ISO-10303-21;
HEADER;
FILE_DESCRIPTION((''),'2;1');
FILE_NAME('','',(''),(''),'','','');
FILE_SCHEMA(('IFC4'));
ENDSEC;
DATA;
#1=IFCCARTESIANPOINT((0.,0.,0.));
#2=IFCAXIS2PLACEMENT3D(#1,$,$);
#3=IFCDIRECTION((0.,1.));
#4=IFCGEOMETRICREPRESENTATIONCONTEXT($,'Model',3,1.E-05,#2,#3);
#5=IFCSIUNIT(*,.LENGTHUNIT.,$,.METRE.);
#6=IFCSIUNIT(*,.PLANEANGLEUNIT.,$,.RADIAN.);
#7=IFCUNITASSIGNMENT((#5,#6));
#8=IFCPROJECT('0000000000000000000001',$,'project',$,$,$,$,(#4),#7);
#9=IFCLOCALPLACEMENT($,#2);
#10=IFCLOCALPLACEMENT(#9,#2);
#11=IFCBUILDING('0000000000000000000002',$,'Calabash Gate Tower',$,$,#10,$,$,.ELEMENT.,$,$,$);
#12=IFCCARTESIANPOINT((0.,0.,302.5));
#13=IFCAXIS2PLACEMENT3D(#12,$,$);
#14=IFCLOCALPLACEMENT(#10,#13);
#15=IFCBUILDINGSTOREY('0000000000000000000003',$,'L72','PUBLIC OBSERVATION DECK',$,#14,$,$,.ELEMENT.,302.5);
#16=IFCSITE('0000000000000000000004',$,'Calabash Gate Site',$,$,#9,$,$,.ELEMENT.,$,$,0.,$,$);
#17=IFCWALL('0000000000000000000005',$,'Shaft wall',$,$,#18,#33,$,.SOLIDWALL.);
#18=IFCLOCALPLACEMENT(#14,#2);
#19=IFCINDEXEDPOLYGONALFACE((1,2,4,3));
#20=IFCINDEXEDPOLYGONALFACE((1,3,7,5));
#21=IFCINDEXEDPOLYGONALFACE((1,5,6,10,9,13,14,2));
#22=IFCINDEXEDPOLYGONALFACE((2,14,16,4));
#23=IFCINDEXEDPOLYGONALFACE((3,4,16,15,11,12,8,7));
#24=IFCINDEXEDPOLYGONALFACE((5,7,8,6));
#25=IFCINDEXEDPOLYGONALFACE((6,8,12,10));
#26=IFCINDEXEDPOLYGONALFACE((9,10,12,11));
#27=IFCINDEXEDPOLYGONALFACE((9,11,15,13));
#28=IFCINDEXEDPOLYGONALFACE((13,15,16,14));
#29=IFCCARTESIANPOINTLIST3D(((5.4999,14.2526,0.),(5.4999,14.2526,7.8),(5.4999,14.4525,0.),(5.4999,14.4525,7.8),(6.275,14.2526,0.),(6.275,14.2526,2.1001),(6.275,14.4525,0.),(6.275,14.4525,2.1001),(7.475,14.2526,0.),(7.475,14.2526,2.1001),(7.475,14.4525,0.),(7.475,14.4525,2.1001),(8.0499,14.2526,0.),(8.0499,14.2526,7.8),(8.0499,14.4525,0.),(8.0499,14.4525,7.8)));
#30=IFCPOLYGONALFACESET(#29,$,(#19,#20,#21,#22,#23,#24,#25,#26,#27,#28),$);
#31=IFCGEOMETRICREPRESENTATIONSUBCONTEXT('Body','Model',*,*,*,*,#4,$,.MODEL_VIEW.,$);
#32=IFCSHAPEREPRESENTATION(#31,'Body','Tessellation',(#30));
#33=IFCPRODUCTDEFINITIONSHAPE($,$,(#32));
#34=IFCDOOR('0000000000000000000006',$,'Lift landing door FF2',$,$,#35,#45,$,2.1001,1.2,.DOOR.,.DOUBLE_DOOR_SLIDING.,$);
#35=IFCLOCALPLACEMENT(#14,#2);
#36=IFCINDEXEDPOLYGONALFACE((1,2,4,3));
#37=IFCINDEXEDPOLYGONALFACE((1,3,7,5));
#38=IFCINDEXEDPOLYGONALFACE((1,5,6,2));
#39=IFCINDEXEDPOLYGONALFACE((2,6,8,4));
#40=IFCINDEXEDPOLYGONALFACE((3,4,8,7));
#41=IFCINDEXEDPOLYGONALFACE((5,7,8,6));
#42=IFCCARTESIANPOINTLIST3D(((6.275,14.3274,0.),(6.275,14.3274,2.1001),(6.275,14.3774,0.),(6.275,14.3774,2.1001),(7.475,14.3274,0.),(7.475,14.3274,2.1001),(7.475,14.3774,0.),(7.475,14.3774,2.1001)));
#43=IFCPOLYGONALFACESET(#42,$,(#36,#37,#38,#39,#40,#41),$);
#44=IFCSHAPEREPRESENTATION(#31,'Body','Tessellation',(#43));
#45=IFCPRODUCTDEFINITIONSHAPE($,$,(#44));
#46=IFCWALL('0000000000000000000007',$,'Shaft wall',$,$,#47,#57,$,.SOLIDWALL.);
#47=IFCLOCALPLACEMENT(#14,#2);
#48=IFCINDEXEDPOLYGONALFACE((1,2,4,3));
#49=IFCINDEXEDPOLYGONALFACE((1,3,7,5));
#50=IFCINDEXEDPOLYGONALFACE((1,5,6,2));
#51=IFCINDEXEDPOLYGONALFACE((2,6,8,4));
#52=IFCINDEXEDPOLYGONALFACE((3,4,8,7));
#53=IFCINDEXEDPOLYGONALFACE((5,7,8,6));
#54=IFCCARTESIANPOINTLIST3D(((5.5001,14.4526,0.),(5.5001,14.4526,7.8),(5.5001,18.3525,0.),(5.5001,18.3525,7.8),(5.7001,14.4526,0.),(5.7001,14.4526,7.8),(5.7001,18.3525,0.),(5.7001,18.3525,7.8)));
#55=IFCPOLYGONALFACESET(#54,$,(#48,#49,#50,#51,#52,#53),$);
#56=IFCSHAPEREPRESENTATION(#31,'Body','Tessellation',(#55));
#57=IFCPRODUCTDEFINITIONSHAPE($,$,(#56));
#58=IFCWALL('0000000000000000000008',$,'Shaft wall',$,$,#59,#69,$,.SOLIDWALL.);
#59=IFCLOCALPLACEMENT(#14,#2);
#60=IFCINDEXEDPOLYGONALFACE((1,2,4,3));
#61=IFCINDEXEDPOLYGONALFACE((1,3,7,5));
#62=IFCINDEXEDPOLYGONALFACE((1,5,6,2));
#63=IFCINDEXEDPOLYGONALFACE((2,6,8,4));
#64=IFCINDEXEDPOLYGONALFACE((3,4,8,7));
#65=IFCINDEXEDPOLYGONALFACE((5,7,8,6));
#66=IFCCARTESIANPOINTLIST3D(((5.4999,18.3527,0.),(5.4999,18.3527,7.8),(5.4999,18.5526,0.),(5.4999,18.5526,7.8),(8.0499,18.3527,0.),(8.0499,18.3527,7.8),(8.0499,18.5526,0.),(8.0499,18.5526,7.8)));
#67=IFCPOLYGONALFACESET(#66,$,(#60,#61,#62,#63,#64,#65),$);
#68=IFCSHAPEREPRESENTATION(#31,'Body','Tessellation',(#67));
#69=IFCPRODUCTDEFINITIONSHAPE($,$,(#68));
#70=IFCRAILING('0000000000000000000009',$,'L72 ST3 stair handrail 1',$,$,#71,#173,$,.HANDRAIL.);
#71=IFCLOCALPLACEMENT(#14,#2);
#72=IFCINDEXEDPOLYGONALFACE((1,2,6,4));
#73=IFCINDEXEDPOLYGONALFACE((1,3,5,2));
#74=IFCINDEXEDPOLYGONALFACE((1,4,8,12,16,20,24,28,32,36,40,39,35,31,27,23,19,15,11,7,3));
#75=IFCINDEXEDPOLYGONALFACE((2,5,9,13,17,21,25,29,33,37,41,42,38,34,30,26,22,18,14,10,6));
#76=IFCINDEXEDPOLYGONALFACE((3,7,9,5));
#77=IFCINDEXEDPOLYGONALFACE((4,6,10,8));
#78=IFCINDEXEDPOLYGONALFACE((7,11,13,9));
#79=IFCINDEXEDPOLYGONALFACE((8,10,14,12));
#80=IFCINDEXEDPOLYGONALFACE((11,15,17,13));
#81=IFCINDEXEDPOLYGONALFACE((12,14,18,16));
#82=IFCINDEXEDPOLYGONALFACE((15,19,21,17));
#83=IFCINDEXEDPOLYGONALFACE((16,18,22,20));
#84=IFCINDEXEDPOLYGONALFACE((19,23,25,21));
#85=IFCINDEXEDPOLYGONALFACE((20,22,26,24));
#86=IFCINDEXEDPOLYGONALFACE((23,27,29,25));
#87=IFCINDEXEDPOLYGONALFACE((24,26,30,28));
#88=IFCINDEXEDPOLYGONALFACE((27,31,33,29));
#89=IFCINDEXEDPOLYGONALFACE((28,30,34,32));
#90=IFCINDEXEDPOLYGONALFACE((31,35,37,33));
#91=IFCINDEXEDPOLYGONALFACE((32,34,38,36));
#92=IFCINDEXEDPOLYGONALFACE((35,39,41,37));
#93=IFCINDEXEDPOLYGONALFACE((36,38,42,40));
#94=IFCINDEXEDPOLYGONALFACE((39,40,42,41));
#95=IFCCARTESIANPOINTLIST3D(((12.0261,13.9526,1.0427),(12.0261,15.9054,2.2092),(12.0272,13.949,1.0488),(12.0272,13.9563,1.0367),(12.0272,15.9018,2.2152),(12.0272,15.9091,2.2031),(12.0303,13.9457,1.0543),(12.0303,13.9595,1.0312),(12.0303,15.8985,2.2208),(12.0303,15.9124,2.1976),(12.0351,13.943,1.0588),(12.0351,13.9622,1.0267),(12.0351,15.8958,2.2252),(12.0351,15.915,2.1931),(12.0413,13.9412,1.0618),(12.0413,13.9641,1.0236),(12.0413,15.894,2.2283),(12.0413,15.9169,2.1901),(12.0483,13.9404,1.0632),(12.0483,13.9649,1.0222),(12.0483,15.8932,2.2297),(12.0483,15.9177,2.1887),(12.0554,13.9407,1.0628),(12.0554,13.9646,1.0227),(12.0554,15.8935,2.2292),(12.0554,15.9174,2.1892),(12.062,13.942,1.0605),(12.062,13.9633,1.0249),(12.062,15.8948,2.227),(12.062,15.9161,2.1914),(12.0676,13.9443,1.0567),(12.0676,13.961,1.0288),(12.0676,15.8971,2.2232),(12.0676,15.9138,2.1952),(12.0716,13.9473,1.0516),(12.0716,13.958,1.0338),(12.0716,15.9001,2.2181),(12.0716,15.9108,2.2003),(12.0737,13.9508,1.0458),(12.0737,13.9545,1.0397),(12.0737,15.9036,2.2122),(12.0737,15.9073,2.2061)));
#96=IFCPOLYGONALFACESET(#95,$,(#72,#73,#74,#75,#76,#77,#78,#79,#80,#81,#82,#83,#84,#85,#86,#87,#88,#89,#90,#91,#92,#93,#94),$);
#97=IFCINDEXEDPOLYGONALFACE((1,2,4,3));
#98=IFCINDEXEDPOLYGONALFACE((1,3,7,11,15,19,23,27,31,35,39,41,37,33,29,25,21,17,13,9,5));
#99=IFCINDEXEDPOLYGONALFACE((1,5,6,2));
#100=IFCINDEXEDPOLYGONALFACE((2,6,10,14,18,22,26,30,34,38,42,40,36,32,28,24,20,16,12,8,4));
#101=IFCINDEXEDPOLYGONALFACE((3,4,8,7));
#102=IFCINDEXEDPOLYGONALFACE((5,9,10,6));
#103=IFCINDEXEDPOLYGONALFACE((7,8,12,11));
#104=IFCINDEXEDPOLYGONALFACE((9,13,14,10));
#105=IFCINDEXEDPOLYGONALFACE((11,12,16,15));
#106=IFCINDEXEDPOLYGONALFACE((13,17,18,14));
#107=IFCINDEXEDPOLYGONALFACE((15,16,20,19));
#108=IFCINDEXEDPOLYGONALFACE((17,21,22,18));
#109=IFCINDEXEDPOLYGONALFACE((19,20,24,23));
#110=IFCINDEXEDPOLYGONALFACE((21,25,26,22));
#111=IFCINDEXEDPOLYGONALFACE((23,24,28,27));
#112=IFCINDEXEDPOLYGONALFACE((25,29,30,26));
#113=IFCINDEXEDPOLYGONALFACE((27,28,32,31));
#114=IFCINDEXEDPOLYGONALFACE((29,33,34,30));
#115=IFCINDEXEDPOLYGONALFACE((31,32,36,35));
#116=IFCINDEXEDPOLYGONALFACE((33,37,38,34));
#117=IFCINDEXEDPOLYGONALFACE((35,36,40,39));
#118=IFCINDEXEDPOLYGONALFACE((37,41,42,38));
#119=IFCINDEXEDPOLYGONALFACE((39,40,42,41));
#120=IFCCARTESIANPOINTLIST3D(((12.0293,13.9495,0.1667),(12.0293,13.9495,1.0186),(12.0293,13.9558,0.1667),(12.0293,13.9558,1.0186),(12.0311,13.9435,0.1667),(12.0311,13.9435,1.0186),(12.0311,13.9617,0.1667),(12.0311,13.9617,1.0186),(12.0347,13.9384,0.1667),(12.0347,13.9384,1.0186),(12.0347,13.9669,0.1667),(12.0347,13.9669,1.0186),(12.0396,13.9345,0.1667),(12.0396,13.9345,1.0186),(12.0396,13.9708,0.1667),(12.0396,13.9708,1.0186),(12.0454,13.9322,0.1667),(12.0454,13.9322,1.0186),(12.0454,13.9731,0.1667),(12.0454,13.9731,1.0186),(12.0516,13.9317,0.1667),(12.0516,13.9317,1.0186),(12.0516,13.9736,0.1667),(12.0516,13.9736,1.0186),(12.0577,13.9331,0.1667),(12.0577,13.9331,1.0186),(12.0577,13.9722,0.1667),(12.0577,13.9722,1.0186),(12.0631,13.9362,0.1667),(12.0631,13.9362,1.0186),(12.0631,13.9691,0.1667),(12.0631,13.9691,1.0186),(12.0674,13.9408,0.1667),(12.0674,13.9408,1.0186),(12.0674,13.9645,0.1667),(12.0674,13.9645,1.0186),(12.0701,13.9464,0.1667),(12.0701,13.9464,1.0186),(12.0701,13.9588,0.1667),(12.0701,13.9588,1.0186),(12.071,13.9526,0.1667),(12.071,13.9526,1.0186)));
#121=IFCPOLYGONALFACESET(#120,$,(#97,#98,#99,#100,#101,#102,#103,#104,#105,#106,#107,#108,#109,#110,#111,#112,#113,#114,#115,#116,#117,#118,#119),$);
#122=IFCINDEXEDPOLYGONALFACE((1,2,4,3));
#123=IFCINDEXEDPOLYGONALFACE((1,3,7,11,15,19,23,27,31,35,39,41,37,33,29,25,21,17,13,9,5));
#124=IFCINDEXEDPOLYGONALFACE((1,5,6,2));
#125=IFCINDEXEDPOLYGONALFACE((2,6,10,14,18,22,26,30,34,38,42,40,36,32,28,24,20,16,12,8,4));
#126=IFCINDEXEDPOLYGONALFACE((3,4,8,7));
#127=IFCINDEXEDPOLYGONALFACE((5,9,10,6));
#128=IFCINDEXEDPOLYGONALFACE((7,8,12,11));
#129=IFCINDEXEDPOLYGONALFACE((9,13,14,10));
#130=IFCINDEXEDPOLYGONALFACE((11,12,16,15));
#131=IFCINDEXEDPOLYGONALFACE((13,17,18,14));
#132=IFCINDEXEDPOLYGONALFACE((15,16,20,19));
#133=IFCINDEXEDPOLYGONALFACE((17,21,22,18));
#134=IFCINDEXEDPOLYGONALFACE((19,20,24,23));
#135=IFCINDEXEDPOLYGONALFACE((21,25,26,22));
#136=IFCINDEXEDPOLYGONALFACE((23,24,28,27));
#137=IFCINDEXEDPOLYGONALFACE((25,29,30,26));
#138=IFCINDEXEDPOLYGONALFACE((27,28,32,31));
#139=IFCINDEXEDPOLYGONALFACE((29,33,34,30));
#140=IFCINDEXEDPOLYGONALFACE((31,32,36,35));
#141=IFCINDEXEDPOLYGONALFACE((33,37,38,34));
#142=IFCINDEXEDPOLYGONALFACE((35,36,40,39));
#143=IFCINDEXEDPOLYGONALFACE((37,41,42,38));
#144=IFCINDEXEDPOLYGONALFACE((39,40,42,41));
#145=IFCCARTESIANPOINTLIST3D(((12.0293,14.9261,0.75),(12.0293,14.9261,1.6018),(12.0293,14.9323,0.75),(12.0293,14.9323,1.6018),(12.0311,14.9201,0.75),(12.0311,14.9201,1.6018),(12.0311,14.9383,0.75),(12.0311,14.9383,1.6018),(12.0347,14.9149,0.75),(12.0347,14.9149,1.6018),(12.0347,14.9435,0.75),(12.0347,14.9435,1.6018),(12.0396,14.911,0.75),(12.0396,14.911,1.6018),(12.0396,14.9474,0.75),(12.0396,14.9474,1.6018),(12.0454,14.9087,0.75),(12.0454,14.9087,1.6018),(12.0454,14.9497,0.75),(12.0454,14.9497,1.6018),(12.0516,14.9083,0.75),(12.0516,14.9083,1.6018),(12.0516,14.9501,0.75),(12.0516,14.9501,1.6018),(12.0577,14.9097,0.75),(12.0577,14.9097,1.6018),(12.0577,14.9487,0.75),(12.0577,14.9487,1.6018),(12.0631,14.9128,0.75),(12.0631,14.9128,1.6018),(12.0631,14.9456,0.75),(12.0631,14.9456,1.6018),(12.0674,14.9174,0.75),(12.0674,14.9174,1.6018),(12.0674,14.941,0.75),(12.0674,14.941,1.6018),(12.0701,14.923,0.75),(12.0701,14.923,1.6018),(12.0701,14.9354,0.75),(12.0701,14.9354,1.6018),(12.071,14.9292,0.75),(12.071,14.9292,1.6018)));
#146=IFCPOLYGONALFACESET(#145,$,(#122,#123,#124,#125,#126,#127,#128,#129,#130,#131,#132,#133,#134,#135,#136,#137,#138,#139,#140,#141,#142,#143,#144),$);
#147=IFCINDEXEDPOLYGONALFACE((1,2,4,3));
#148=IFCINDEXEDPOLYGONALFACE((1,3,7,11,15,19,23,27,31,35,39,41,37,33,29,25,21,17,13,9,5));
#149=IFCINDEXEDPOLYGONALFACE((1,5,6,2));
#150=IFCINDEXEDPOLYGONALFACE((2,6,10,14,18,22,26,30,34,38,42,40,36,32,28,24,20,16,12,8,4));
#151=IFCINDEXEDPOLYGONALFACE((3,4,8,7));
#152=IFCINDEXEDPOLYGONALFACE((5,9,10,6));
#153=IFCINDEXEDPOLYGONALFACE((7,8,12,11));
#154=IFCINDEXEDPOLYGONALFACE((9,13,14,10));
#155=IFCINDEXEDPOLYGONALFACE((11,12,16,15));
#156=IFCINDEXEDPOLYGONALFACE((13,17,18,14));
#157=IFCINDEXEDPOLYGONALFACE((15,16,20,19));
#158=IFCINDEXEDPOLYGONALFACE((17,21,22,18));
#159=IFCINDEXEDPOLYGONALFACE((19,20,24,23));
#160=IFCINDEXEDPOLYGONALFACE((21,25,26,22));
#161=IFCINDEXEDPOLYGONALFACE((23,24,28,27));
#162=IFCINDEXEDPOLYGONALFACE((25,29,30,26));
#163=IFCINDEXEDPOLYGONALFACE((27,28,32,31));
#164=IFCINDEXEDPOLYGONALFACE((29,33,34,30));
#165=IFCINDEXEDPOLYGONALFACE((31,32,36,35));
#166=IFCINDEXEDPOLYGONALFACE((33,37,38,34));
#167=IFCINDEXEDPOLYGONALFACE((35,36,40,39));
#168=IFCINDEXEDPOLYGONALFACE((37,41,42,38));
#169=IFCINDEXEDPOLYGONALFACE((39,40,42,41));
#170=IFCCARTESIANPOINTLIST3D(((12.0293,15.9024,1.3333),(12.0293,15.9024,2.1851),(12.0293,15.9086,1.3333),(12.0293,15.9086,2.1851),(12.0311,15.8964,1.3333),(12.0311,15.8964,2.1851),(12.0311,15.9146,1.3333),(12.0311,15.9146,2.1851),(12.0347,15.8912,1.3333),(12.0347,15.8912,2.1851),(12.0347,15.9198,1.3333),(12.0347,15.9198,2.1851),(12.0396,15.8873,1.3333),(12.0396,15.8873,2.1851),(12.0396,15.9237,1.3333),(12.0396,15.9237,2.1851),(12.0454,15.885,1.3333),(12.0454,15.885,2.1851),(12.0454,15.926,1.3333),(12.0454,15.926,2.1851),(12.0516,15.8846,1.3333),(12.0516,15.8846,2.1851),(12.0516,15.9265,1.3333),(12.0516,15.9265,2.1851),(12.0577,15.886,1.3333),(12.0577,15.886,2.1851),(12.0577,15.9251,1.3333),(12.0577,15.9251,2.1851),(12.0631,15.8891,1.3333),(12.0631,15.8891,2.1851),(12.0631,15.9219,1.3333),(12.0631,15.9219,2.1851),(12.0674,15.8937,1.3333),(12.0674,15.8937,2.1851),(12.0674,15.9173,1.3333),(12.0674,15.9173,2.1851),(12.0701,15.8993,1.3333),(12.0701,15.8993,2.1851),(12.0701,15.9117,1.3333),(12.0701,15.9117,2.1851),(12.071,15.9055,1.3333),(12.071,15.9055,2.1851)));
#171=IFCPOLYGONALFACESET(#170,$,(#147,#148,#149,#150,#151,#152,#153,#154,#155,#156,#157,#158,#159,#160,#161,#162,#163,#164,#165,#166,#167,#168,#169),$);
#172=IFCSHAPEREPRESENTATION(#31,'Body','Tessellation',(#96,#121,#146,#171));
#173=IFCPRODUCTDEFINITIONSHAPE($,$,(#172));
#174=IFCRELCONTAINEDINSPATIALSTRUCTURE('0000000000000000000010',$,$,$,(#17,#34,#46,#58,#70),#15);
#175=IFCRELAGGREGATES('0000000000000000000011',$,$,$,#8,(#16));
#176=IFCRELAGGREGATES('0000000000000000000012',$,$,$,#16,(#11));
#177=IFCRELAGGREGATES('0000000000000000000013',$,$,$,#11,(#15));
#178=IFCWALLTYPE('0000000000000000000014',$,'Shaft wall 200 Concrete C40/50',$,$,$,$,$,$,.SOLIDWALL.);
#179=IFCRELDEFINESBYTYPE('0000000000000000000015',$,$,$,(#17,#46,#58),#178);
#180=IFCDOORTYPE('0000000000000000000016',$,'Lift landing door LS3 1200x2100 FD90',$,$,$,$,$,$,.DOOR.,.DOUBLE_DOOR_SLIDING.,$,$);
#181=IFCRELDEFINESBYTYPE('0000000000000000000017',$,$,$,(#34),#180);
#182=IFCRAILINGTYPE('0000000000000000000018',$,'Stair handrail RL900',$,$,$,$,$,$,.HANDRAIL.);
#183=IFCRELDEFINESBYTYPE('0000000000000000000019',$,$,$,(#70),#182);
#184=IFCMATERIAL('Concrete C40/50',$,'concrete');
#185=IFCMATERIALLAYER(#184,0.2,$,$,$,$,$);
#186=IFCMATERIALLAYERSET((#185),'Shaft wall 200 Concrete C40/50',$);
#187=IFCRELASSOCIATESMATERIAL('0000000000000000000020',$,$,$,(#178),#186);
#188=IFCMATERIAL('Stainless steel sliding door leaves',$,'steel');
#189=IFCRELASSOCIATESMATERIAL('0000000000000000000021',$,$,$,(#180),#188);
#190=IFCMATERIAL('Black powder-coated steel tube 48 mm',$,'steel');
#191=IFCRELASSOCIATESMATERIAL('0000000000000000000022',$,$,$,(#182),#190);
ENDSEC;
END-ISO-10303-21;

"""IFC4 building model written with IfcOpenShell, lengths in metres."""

from ifc_helpers import new_model, si_unit, direction, frame, frame_2d, origin, origin_2d, place, context, subcontext, project, spatial, rectangle, circle, extrude, material, layer, layer_set, type_object, element, fill, save


model = new_model("IFC4")

# Units and contexts
model_context = context("Model", 3, precision=1e-05, world=origin(), true_north=direction((0.0, 1.0)))
body_context = subcontext(model_context, "Body", "Model", "MODEL_VIEW")
ifc_project = project(units=[si_unit("LENGTHUNIT", "METRE"), si_unit("PLANEANGLEUNIT", "RADIAN")], contexts=[model_context])

# Site, building, storey
site_placement = place(None, origin())
site = spatial("IfcSite", under=ifc_project, at=site_placement, Name="Calabash Gate Site", CompositionType="ELEMENT", RefElevation=0.0)
building_placement = place(site_placement, origin())
building = spatial("IfcBuilding", under=site, at=building_placement, Name="Calabash Gate Tower", CompositionType="ELEMENT")
storey_placement = place(building_placement, frame((0.0, 0.0, 302.5)))
storey = spatial("IfcBuildingStorey", under=building, at=storey_placement, Name="L72", Description="PUBLIC OBSERVATION DECK", CompositionType="ELEMENT", Elevation=302.5)

# Wall, opening, door
ifc_material_1 = material(Name="Concrete C40/50", Category="concrete")
ifc_layer_1 = layer(ifc_material_1, 0.2)
ifc_layer_set_1 = layer_set([ifc_layer_1], Name="Shaft wall 200 Concrete C40/50")
wall_type_1 = type_object("IfcWallType", Name="Shaft wall 200 Concrete C40/50", PredefinedType="SOLIDWALL", material=ifc_layer_set_1)
wall_1_placement = place(storey_placement, frame((5.5, 14.3525, 0.0), z_axis=(0.0, 0.0, 1.0), x_axis=(1.0, 0.0, 0.0)))
wall_1 = element("IfcWall", 1, at=wall_1_placement, inside=storey, type_object=wall_type_1, Name="Shaft wall", PredefinedType="SOLIDWALL", context=body_context, shape_type="SweptSolid", body=[
    extrude(rectangle(XDim=2.55, YDim=0.2, at=frame_2d((1.2749, 0.0))), origin(), (0.0, 0.0, 1.0), 7.8),
])
opening_placement = place(wall_1_placement, frame((0.7749, 0.0, 0.0)))
opening = element("IfcOpeningElement", 2, at=opening_placement, cuts=wall_1, PredefinedType="OPENING", context=body_context, shape_type="SweptSolid", body=[
    extrude(rectangle(XDim=1.2, YDim=2.1001, at=frame_2d((0.6001, 1.05))), frame((0.0, 0.1099, 0.0), z_axis=(0.0, -1.0, 0.0), x_axis=(1.0, 0.0, 0.0)), (0.0, 0.0, 1.0), 0.22),
])
ifc_material_2 = material(Name="Stainless steel sliding door leaves", Category="steel")
door_type = type_object("IfcDoorType", Name="Lift landing door LS3 1200x2100 FD90", OperationType="DOUBLE_DOOR_SLIDING", PredefinedType="DOOR", material=ifc_material_2)
door_placement = place(opening_placement, origin())
door = element("IfcDoor", 3, at=door_placement, inside=storey, type_object=door_type, Name="Lift landing door FF2", OperationType="DOUBLE_DOOR_SLIDING", OverallHeight=2.1001, OverallWidth=1.2, PredefinedType="DOOR", context=body_context, shape_type="SweptSolid", body=[
    extrude(rectangle(XDim=1.2, YDim=2.1001, at=frame_2d((0.6001, 1.05))), frame((0.0, 0.0249, 0.0), z_axis=(0.0, -1.0, 0.0), x_axis=(1.0, 0.0, 0.0)), (0.0, 0.0, 1.0), 0.05),
])
fill(opening, door)

# Walls
wall_2_placement = place(storey_placement, frame((5.6001, 14.4526, 0.0), z_axis=(0.0, 0.0, 1.0), x_axis=(0.0, 1.0, 0.0)))
element("IfcWall", 4, at=wall_2_placement, inside=storey, type_object=wall_type_1, Name="Shaft wall", PredefinedType="SOLIDWALL", context=body_context, shape_type="SweptSolid", body=[
    extrude(rectangle(XDim=3.8999, YDim=0.2, at=frame_2d((1.95, 0.0))), origin(), (0.0, 0.0, 1.0), 7.8),
])
wall_3_placement = place(storey_placement, frame((5.5, 18.4526, 0.0), z_axis=(0.0, 0.0, 1.0), x_axis=(1.0, 0.0, 0.0)))
element("IfcWall", 5, at=wall_3_placement, inside=storey, type_object=wall_type_1, Name="Shaft wall", PredefinedType="SOLIDWALL", context=body_context, shape_type="SweptSolid", body=[
    extrude(rectangle(XDim=2.55, YDim=0.2, at=frame_2d((1.2749, 0.0))), origin(), (0.0, 0.0, 1.0), 7.8),
])

# Railing
ifc_material_3 = material(Name="Black powder-coated steel tube 48 mm", Category="steel")
railing_type_1 = type_object("IfcRailingType", Name="Stair handrail RL900", PredefinedType="HANDRAIL", material=ifc_material_3)
railing_1_placement = place(storey_placement, frame((12.05, 13.9526, 0.1667)))
element("IfcRailing", 6, at=railing_1_placement, inside=storey, type_object=railing_type_1, Name="L72 ST3 stair handrail 1", PredefinedType="HANDRAIL", context=body_context, shape_type="SweptSolid", body=[
    extrude(circle(Radius=0.0239, at=origin_2d()), frame((0.0, 0.0, 0.876), z_axis=(0.0, 0.858505, 0.512806), x_axis=(-1.0, 0.0, 0.0)), (0.0, 0.0, 1.0), 2.2747),
    extrude(circle(Radius=0.021, at=origin_2d()), origin(), (0.0, 0.0, 1.0), 0.8518),
    extrude(circle(Radius=0.021, at=origin_2d()), frame((0.0, 0.9766, 0.5833)), (0.0, 0.0, 1.0), 0.8518),
    extrude(circle(Radius=0.021, at=origin_2d()), frame((0.0, 1.9529, 1.1665)), (0.0, 0.0, 1.0), 0.8518),
])

save(model, "model.ifc")
